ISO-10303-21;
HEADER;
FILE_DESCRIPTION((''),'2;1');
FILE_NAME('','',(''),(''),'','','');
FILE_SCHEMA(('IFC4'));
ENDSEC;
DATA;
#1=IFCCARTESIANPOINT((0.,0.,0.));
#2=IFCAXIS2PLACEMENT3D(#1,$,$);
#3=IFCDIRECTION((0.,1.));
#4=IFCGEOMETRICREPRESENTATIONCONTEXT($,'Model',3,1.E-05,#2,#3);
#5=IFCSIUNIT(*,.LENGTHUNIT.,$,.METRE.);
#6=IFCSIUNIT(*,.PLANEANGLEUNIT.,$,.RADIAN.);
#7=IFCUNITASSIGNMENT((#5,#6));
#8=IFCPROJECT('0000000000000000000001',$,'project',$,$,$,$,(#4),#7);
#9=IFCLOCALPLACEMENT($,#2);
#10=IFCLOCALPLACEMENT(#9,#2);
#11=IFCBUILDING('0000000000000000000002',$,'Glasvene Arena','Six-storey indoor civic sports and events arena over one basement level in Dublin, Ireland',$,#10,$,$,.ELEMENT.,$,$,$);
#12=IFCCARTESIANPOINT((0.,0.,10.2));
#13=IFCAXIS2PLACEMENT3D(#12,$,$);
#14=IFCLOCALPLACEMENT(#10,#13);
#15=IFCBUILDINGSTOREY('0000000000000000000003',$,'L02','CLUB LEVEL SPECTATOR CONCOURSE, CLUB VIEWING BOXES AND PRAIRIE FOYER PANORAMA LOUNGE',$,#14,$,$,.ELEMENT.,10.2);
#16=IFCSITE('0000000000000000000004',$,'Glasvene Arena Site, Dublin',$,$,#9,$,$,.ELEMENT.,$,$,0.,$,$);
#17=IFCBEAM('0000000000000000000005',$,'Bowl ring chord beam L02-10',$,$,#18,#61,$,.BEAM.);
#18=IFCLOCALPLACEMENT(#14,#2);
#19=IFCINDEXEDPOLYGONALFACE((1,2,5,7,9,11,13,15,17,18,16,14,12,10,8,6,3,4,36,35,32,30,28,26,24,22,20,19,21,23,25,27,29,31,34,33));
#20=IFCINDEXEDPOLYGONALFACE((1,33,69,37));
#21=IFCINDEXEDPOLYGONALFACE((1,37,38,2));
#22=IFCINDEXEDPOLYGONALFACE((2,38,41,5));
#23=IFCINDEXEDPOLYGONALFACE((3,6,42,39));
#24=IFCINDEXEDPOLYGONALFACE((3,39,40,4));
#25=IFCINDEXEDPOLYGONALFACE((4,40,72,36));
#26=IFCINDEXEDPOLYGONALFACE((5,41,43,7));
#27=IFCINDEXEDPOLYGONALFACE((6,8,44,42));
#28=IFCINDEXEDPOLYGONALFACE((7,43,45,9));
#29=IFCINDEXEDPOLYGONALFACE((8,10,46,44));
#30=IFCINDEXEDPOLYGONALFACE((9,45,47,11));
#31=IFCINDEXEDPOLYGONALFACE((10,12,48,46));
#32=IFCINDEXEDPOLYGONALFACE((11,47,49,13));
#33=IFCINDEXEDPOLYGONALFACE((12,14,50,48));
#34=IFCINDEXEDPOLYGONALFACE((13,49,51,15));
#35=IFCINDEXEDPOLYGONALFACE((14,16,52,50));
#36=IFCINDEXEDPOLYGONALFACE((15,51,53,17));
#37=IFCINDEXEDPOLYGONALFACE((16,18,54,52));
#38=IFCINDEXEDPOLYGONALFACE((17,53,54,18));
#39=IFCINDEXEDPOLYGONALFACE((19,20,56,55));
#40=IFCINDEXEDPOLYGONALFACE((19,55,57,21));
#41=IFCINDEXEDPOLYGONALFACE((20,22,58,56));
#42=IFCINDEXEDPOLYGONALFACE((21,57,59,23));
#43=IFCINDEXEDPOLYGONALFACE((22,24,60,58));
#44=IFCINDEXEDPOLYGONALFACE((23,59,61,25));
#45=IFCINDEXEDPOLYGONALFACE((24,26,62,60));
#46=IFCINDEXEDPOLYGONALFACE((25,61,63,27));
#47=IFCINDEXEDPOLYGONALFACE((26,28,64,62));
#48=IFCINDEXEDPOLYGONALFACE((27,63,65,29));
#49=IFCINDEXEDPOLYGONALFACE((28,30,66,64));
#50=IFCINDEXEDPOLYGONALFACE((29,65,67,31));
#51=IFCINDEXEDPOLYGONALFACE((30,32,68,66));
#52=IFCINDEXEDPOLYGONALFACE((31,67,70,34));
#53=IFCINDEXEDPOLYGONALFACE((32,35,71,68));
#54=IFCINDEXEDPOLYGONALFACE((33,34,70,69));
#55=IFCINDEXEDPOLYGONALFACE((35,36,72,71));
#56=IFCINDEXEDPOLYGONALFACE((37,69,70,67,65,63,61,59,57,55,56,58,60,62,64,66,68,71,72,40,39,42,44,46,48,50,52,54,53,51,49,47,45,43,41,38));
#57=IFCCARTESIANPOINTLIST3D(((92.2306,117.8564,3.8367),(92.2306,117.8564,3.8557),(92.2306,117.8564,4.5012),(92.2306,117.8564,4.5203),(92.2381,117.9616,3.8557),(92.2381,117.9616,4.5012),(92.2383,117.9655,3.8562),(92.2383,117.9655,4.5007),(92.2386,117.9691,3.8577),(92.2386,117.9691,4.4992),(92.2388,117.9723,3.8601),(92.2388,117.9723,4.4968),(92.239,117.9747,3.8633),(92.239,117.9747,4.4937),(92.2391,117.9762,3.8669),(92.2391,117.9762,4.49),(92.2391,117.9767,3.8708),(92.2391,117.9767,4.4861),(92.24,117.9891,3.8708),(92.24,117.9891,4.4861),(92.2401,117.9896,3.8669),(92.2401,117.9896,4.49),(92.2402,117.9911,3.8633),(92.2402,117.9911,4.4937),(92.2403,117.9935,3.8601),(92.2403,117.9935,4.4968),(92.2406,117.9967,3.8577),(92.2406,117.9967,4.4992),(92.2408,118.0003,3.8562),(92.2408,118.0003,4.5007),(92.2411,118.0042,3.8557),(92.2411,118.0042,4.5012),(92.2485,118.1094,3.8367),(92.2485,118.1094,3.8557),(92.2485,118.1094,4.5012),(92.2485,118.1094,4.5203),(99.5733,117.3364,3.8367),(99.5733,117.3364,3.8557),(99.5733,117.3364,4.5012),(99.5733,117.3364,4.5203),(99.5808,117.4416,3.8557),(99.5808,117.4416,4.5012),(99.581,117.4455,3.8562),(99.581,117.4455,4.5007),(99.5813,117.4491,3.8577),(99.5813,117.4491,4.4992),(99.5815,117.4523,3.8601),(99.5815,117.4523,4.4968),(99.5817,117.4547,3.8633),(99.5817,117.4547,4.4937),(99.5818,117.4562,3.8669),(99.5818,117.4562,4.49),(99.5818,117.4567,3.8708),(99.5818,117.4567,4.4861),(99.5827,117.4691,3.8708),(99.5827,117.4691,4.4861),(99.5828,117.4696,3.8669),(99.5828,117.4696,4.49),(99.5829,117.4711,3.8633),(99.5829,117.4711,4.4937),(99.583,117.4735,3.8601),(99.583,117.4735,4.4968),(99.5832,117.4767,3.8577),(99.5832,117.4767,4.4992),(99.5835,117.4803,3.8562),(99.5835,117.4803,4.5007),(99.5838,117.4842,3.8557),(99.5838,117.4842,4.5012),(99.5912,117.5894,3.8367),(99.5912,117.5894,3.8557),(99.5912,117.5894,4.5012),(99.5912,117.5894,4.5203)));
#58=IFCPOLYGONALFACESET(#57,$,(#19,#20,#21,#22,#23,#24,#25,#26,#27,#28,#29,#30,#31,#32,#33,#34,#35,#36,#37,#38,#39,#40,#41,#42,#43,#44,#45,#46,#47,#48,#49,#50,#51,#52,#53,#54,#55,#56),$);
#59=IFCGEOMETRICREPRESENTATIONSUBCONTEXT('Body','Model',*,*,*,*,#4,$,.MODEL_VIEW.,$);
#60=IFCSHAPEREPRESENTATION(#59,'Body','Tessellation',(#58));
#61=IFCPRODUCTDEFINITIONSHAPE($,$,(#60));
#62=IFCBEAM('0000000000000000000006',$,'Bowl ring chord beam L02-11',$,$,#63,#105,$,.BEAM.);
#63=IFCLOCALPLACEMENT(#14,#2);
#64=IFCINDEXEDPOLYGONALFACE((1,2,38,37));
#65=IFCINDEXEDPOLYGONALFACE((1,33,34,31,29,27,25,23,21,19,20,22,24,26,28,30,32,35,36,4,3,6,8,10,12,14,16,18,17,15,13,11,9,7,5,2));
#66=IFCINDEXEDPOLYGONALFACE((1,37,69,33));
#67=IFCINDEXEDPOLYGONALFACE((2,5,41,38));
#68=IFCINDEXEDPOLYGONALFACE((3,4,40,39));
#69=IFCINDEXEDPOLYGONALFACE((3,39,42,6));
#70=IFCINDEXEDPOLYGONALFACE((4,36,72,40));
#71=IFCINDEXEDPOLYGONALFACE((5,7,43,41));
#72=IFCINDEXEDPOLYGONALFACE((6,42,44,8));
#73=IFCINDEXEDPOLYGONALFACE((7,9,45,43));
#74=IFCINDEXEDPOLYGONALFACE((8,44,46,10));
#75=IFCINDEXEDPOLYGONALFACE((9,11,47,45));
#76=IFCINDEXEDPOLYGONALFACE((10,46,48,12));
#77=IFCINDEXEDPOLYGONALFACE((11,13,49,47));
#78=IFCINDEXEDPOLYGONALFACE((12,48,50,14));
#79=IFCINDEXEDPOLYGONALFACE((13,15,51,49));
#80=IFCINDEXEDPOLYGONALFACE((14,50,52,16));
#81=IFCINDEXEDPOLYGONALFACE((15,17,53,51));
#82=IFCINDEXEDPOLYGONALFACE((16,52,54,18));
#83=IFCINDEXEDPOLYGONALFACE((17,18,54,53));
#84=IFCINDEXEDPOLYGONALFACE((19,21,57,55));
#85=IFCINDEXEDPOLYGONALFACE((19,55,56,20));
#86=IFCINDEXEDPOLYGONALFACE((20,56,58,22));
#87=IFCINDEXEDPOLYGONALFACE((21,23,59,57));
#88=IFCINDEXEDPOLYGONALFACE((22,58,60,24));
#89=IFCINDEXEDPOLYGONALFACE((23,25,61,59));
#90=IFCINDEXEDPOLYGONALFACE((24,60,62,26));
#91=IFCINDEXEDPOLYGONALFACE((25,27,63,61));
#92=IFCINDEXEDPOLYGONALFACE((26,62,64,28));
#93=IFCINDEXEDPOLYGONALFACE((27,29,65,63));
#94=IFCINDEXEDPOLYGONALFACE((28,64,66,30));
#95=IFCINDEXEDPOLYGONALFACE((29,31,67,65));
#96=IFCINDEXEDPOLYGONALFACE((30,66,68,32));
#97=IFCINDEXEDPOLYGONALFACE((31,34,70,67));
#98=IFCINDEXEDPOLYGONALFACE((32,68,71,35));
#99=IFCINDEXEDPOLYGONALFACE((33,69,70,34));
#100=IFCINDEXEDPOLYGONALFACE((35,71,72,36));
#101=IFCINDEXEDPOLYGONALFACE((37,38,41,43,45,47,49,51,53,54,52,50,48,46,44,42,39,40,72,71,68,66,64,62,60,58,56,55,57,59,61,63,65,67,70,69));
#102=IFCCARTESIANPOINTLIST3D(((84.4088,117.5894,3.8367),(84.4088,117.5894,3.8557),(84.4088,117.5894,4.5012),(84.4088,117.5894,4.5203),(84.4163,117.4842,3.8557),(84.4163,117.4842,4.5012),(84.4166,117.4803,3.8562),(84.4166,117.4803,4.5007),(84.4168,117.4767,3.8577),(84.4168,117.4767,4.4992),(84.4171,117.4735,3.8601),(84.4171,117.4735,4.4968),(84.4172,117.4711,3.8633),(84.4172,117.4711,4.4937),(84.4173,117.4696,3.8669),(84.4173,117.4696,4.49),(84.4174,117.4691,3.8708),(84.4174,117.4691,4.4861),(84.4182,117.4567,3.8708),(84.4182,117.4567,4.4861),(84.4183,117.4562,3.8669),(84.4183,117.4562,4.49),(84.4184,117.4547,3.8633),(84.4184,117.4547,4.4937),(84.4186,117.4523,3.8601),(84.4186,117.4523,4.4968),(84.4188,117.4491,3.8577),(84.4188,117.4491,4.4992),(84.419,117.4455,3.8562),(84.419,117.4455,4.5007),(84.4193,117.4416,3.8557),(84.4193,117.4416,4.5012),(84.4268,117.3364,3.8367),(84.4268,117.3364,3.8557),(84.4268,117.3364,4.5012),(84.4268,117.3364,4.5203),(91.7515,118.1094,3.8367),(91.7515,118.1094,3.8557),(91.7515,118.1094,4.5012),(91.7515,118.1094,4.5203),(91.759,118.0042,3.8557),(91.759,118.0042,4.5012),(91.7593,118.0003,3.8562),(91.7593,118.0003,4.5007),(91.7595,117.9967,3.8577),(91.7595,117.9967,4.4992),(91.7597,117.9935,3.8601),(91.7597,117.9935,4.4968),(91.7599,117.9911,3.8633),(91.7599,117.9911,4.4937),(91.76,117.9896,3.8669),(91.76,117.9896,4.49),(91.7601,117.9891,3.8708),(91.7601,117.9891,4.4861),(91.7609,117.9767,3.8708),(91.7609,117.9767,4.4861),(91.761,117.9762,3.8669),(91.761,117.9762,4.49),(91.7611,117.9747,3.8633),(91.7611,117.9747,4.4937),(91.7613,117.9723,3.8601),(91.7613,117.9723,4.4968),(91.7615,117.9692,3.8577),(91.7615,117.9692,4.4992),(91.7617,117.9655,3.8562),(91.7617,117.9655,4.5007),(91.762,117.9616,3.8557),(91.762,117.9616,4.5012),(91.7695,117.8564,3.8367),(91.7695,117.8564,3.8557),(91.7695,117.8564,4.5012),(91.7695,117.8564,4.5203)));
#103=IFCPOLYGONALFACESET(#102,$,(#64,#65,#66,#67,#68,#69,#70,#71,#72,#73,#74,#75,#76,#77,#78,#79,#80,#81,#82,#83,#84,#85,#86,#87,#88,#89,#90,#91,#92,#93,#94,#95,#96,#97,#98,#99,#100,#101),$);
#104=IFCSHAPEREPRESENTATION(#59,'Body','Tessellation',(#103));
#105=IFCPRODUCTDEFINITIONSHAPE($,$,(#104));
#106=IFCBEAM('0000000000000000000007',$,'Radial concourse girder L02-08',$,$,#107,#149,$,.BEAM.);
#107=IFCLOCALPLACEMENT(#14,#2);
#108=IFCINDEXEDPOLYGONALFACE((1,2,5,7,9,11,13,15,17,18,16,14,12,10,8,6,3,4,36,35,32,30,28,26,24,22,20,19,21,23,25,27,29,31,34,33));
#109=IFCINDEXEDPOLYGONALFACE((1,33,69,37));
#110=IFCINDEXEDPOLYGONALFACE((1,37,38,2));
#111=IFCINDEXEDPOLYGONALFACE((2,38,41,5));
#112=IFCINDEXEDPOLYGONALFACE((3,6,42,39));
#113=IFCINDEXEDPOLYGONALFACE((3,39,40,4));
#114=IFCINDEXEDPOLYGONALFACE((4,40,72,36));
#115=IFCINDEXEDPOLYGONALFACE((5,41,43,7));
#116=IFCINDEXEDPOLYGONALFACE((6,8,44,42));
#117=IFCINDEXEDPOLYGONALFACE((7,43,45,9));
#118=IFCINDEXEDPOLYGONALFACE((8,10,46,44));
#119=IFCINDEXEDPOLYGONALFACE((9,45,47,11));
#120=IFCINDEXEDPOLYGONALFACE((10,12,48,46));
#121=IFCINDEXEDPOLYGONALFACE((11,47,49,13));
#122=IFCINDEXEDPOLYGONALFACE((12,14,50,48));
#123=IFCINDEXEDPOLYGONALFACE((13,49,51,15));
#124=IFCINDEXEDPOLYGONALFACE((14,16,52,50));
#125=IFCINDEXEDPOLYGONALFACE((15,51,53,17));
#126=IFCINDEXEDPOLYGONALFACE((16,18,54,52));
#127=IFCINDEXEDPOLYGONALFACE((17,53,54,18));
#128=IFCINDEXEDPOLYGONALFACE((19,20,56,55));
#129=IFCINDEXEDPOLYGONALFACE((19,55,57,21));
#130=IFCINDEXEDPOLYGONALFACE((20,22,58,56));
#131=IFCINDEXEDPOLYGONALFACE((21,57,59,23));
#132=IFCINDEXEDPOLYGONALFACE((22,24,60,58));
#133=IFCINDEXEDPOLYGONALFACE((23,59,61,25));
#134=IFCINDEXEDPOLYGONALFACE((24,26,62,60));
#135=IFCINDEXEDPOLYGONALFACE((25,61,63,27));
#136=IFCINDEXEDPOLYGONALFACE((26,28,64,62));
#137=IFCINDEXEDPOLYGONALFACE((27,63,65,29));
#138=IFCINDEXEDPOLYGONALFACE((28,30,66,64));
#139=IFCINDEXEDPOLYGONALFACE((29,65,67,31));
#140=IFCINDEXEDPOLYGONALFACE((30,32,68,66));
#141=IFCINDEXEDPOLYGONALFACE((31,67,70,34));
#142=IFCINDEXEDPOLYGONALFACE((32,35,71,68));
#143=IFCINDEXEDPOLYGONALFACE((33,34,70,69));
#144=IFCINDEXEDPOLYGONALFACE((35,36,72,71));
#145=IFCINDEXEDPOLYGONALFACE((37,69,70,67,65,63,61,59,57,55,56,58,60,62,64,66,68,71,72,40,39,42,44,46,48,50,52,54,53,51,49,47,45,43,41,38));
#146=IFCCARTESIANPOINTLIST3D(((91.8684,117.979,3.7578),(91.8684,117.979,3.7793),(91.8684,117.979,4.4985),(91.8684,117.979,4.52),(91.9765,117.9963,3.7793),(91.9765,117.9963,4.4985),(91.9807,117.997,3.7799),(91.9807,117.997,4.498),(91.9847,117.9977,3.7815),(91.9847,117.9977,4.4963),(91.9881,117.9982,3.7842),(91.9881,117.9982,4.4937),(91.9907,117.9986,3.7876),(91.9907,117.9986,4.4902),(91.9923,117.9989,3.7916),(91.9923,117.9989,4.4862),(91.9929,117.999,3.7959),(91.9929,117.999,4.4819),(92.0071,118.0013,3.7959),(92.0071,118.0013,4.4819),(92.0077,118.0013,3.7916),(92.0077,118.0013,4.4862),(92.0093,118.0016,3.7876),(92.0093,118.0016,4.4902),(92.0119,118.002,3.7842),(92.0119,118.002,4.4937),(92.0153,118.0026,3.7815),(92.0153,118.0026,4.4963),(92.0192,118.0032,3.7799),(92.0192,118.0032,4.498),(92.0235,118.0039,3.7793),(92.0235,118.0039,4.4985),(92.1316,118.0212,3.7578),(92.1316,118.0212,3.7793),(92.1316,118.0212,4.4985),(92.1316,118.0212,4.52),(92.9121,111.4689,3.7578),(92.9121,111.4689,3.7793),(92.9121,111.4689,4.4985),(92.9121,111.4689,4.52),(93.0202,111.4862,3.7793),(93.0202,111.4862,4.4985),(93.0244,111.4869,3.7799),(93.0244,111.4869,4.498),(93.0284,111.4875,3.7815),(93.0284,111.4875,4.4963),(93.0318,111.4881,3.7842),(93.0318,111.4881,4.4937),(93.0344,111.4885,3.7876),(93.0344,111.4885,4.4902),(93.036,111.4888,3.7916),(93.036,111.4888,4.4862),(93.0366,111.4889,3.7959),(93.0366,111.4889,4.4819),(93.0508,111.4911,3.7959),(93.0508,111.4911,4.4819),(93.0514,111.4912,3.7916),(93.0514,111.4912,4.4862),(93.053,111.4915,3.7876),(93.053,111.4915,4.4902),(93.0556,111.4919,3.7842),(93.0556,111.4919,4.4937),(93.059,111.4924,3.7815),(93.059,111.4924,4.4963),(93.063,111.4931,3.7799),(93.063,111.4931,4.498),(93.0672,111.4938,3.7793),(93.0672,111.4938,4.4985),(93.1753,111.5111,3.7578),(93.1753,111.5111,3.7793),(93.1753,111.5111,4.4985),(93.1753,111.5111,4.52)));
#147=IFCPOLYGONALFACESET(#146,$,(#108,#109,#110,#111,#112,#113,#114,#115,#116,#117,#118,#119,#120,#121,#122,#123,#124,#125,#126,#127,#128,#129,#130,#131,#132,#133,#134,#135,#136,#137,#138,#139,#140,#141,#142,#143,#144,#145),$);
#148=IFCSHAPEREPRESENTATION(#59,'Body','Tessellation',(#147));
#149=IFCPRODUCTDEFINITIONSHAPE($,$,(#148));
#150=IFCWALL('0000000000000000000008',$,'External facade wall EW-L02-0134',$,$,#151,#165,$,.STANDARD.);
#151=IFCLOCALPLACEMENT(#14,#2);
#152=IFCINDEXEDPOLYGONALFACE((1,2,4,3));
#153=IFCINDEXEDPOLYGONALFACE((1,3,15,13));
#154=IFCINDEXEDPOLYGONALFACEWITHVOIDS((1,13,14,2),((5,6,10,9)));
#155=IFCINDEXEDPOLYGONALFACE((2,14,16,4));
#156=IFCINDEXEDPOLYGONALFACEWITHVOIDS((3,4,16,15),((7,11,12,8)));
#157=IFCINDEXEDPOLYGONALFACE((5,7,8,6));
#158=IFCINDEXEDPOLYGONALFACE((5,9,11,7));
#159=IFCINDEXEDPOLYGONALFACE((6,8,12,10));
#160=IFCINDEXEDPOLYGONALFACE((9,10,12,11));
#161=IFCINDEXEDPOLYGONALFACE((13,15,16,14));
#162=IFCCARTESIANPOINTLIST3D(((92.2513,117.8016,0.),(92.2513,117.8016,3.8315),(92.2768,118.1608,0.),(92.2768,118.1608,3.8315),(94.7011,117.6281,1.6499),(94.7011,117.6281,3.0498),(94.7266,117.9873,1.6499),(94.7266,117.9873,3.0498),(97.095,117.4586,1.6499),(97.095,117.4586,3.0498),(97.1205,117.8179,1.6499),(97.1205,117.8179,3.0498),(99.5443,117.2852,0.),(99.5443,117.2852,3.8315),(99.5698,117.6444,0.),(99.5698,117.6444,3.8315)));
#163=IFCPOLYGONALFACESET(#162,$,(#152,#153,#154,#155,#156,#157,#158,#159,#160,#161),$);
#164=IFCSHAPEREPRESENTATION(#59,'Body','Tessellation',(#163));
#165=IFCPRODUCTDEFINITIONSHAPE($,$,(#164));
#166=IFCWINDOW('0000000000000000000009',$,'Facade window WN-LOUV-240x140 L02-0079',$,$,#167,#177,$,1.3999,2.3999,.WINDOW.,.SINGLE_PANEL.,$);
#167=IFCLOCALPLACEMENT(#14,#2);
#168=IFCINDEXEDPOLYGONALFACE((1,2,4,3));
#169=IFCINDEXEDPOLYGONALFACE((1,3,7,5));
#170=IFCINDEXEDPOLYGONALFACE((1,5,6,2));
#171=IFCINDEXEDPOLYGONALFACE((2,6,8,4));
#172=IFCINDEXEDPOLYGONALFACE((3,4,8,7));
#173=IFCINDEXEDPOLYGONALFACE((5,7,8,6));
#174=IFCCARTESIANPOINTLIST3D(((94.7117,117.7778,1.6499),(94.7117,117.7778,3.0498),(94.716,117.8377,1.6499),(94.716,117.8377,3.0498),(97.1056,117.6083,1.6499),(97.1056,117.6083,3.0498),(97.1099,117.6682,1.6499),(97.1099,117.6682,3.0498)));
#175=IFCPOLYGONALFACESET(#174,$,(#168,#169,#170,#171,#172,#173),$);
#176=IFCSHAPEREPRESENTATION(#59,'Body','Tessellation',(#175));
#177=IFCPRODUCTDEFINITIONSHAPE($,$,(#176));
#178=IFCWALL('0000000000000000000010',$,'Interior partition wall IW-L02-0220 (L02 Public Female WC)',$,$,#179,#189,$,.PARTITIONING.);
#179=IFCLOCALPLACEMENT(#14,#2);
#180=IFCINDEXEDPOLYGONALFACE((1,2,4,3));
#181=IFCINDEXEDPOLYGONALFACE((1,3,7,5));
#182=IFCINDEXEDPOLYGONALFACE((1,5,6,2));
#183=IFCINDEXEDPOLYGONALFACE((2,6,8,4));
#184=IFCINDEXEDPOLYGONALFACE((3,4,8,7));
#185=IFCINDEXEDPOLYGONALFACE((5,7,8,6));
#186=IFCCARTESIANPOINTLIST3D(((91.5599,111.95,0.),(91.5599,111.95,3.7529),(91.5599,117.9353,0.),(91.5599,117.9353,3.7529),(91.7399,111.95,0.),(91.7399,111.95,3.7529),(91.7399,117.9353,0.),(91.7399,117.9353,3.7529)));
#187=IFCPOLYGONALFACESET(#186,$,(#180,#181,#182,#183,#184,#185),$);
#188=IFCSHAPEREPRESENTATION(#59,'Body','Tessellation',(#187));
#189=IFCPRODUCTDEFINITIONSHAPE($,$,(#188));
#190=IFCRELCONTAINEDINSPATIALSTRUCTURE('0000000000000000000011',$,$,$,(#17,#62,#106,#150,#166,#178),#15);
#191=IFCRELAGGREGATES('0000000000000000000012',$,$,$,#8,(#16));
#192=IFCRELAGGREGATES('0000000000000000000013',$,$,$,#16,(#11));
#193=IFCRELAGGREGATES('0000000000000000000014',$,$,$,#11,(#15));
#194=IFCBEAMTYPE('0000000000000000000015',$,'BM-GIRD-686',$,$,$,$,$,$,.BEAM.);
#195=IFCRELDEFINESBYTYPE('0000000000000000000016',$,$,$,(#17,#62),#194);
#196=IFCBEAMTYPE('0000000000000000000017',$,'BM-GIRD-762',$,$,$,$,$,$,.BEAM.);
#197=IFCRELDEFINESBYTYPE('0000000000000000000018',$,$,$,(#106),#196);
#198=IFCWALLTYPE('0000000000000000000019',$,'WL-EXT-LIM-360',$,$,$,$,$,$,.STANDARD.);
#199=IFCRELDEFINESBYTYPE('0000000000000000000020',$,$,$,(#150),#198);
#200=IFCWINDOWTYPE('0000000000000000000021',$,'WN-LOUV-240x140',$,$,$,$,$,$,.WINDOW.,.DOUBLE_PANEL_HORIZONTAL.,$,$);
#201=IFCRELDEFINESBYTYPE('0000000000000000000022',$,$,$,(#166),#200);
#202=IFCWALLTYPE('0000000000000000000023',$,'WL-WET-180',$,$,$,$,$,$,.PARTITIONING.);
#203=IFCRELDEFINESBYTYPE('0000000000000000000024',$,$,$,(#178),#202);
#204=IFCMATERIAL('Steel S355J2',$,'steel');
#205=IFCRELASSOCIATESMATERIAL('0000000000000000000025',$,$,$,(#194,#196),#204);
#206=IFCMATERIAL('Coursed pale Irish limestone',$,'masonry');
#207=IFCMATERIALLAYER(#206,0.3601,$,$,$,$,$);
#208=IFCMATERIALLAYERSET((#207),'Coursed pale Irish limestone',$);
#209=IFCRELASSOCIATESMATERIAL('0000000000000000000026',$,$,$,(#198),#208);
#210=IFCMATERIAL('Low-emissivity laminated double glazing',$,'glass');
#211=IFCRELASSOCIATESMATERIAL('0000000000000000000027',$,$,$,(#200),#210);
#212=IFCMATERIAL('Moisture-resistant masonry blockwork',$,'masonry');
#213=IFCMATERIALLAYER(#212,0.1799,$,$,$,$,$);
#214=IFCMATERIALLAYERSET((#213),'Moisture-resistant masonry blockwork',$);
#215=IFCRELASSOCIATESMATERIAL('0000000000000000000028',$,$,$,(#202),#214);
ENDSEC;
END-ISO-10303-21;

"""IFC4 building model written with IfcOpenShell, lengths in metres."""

from ifc_helpers import new_model, si_unit, direction, frame, frame_2d, origin, origin_2d, place, context, subcontext, project, spatial, rectangle, i_section, extrude, material, layer, layer_set, material_profile, profile_set, type_object, element, fill, save


model = new_model("IFC4")

# Units and contexts
model_context = context("Model", 3, precision=1e-05, world=origin(), true_north=direction((0.0, 1.0)))
body_context = subcontext(model_context, "Body", "Model", "MODEL_VIEW")
ifc_project = project(units=[si_unit("LENGTHUNIT", "METRE"), si_unit("PLANEANGLEUNIT", "RADIAN")], contexts=[model_context])

# Site, building, storey
site_placement = place(None, origin())
site = spatial("IfcSite", under=ifc_project, at=site_placement, Name="Glasvene Arena Site, Dublin", CompositionType="ELEMENT", RefElevation=0.0)
building_placement = place(site_placement, origin())
building = spatial("IfcBuilding", under=site, at=building_placement, Name="Glasvene Arena", Description="Six-storey indoor civic sports and events arena over one basement level in Dublin, Ireland", CompositionType="ELEMENT")
storey_placement = place(building_placement, frame((0.0, 0.0, 10.2)))
storey = spatial("IfcBuildingStorey", under=building, at=storey_placement, Name="L02", Description="CLUB LEVEL SPECTATOR CONCOURSE, CLUB VIEWING BOXES AND PRAIRIE FOYER PANORAMA LOUNGE", CompositionType="ELEMENT", Elevation=10.2)

# Shared definitions
ifc_material_1 = material(Name="Steel S355J2", Category="steel")

# Beams
ifc_material_profile_1 = material_profile(ifc_material_1, i_section(OverallWidth=0.2537, OverallDepth=0.6836, WebThickness=0.0125, FlangeThickness=0.019, FilletRadius=0.0151, at=origin_2d()), Name="UKB 686x254x140")
ifc_profile_set_1 = profile_set([ifc_material_profile_1], Name="Steel S355J2")
beam_type_1 = type_object("IfcBeamType", Name="BM-GIRD-686", PredefinedType="BEAM", material=ifc_profile_set_1)
for number, where, z_axis, x_axis, name in (
    (1, (99.5823, 117.4629, 4.1785), (-0.997502, 0.070644, 0.0), (-0.070644, -0.997502, 0.0), "Bowl ring chord beam L02-10"),
    (2, (91.7605, 117.9829, 4.1785), (-0.997502, -0.070644, 0.0), (0.070644, -0.997502, 0.0), "Bowl ring chord beam L02-11"),
):
    element("IfcBeam", number, at=place(storey_placement, frame(where, z_axis=z_axis, x_axis=x_axis)), inside=storey, type_object=beam_type_1, Name=name, PredefinedType="BEAM", context=body_context, shape_type="SweptSolid", body=[
        extrude(i_section(OverallWidth=0.2537, OverallDepth=0.6836, WebThickness=0.0125, FlangeThickness=0.019, FilletRadius=0.0151, at=origin_2d()), origin(), (0.0, 0.0, 1.0), 7.3611),
    ])
ifc_material_profile_2 = material_profile(ifc_material_1, i_section(OverallWidth=0.2666, OverallDepth=0.7622, WebThickness=0.0144, FlangeThickness=0.0215, FilletRadius=0.0166, at=origin_2d()), Name="UKB 762x267x173")
ifc_profile_set_2 = profile_set([ifc_material_profile_2], Name="Steel S355J2")
beam_type_2 = type_object("IfcBeamType", Name="BM-GIRD-762", PredefinedType="BEAM", material=ifc_profile_set_2)
beam_1_placement = place(storey_placement, frame((93.0437, 111.49, 4.1389), z_axis=(-0.158301, 0.987391, 0.0), x_axis=(-0.987391, -0.158301, 0.0)))
element("IfcBeam", 3, at=beam_1_placement, inside=storey, type_object=beam_type_2, Name="Radial concourse girder L02-08", PredefinedType="BEAM", context=body_context, shape_type="SweptSolid", body=[
    extrude(i_section(OverallWidth=0.2666, OverallDepth=0.7622, WebThickness=0.0144, FlangeThickness=0.0215, FilletRadius=0.0166, at=origin_2d()), origin(), (0.0, 0.0, 1.0), 6.5933),
])

# Wall, opening, window
ifc_material_2 = material(Name="Coursed pale Irish limestone", Category="masonry")
ifc_layer_1 = layer(ifc_material_2, 0.3601)
ifc_layer_set_1 = layer_set([ifc_layer_1], Name="Coursed pale Irish limestone")
wall_type_1 = type_object("IfcWallType", Name="WL-EXT-LIM-360", PredefinedType="STANDARD", material=ifc_layer_set_1)
wall_1_placement = place(storey_placement, frame((92.2639, 117.9812, 0.0), z_axis=(0.0, 0.0, 1.0), x_axis=(0.997503, -0.070625, 0.0)))
wall_1 = element("IfcWall", 4, at=wall_1_placement, inside=storey, type_object=wall_type_1, Name="External facade wall EW-L02-0134", PredefinedType="STANDARD", context=body_context, shape_type="SweptSolid", body=[
    extrude(rectangle(XDim=7.3113, YDim=0.3601, at=frame_2d((3.6558, 0.0))), origin(), (0.0, 0.0, 1.0), 3.8315),
])
opening_1_placement = place(wall_1_placement, frame((2.4561, 0.0, 1.6499)))
opening_1 = element("IfcOpeningElement", 5, at=opening_1_placement, cuts=wall_1, PredefinedType="OPENING", context=body_context, shape_type="SweptSolid", body=[
    extrude(rectangle(XDim=2.3999, YDim=1.3999, at=frame_2d((1.2, 0.7))), frame((0.0, 0.1899, 0.0), z_axis=(0.0, -1.0, 0.0), x_axis=(1.0, 0.0, 0.0)), (0.0, 0.0, 1.0), 0.3801),
])
ifc_material_3 = material(Name="Low-emissivity laminated double glazing", Category="glass")
window_type = type_object("IfcWindowType", Name="WN-LOUV-240x140", PartitioningType="DOUBLE_PANEL_HORIZONTAL", PredefinedType="WINDOW", material=ifc_material_3)
window_placement = place(opening_1_placement, origin())
window = element("IfcWindow", 6, at=window_placement, inside=storey, type_object=window_type, Name="Facade window WN-LOUV-240x140 L02-0079", OverallHeight=1.3999, OverallWidth=2.3999, PartitioningType="SINGLE_PANEL", PredefinedType="WINDOW", context=body_context, shape_type="SweptSolid", body=[
    extrude(rectangle(XDim=2.3999, YDim=1.3999, at=frame_2d((1.2, 0.7))), frame((0.0, 0.03, 0.0), z_axis=(0.0, -1.0, 0.0), x_axis=(1.0, 0.0, 0.0)), (0.0, 0.0, 1.0), 0.0601),
])
fill(opening_1, window)

# Wall
ifc_material_4 = material(Name="Moisture-resistant masonry blockwork", Category="masonry")
ifc_layer_2 = layer(ifc_material_4, 0.1799)
ifc_layer_set_2 = layer_set([ifc_layer_2], Name="Moisture-resistant masonry blockwork")
wall_type_2 = type_object("IfcWallType", Name="WL-WET-180", PredefinedType="PARTITIONING", material=ifc_layer_set_2)
wall_2_placement = place(storey_placement, frame((91.6499, 117.9353, 0.0), z_axis=(0.0, 0.0, 1.0), x_axis=(0.0, -1.0, 0.0)))
element("IfcWall", 7, at=wall_2_placement, inside=storey, type_object=wall_type_2, Name="Interior partition wall IW-L02-0220 (L02 Public Female WC)", PredefinedType="PARTITIONING", context=body_context, shape_type="SweptSolid", body=[
    extrude(rectangle(XDim=5.9854, YDim=0.1799, at=frame_2d((2.9927, 0.0))), origin(), (0.0, 0.0, 1.0), 3.7529),
])

save(model, "model.ifc")
